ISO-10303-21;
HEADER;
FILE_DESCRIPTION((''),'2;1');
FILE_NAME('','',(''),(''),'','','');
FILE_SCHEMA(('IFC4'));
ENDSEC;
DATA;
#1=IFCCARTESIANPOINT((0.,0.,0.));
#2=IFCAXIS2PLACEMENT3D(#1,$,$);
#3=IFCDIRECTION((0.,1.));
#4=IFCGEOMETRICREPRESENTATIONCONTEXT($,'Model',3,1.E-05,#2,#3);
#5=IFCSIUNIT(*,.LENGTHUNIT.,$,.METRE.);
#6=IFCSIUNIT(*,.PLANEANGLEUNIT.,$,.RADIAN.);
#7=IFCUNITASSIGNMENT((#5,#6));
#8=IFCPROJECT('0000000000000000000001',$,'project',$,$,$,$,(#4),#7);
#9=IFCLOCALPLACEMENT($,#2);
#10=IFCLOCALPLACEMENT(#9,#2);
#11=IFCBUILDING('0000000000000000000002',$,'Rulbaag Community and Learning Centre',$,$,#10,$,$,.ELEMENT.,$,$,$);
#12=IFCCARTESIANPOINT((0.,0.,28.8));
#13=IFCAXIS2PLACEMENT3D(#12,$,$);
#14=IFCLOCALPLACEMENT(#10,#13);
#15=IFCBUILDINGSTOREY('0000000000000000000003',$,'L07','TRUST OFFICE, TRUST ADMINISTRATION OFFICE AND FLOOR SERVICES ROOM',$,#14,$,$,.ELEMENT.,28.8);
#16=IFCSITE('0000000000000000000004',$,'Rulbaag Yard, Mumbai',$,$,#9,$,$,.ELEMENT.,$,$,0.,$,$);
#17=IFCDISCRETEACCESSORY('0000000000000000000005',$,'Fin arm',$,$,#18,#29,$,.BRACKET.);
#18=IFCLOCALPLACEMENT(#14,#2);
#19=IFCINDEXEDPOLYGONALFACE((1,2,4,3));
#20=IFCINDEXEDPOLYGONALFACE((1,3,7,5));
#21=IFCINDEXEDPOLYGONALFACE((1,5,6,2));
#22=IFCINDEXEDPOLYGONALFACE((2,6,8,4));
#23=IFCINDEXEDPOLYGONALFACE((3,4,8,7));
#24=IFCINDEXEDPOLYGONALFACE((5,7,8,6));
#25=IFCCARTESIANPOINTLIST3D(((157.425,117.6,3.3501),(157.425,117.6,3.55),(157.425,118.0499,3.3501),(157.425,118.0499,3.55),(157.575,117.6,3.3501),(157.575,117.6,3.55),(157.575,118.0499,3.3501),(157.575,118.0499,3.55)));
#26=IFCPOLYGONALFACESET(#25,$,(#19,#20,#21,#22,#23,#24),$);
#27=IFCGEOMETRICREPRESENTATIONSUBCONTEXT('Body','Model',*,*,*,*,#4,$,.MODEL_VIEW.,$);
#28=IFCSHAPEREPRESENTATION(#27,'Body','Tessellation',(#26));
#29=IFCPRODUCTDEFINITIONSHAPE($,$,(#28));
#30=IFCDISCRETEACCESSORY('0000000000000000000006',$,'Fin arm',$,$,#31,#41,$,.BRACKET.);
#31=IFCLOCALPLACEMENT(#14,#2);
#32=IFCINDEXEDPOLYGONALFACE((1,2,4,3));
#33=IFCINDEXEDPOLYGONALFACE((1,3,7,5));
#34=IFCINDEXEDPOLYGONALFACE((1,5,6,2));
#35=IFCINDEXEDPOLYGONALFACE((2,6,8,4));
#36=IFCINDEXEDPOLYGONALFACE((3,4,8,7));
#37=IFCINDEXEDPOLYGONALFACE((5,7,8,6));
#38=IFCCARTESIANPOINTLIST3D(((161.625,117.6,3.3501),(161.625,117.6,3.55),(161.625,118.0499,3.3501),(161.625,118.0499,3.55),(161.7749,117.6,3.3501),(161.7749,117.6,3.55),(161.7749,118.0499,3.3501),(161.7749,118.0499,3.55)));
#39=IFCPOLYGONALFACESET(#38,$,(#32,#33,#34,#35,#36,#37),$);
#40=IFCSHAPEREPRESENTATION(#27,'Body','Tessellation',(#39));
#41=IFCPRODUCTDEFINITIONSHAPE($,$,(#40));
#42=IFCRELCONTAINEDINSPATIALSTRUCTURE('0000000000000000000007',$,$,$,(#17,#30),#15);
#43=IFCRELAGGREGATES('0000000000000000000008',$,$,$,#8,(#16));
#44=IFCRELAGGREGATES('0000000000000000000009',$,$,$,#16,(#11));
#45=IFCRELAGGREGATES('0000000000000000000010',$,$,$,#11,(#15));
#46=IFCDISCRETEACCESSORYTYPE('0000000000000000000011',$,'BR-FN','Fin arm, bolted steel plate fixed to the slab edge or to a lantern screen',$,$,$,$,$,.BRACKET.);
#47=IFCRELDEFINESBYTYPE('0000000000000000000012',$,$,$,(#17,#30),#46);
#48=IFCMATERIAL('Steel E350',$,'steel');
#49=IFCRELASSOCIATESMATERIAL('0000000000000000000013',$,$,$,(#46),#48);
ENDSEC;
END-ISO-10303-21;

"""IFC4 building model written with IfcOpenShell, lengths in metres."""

from ifc_helpers import new_model, si_unit, direction, frame, origin, origin_2d, place, context, subcontext, project, spatial, rectangle, extrude, material, type_object, element, save


model = new_model("IFC4")

# Units and contexts
model_context = context("Model", 3, precision=1e-05, world=origin(), true_north=direction((0.0, 1.0)))
body_context = subcontext(model_context, "Body", "Model", "MODEL_VIEW")
ifc_project = project(units=[si_unit("LENGTHUNIT", "METRE"), si_unit("PLANEANGLEUNIT", "RADIAN")], contexts=[model_context])

# Site, building, storey
site_placement = place(None, origin())
site = spatial("IfcSite", under=ifc_project, at=site_placement, Name="Rulbaag Yard, Mumbai", CompositionType="ELEMENT", RefElevation=0.0)
building_placement = place(site_placement, origin())
building = spatial("IfcBuilding", under=site, at=building_placement, Name="Rulbaag Community and Learning Centre", CompositionType="ELEMENT")
storey_placement = place(building_placement, frame((0.0, 0.0, 28.8)))
storey = spatial("IfcBuildingStorey", under=building, at=storey_placement, Name="L07", Description="TRUST OFFICE, TRUST ADMINISTRATION OFFICE AND FLOOR SERVICES ROOM", CompositionType="ELEMENT", Elevation=28.8)

# Discrete accessories
ifc_material_1 = material(Name="Steel E350", Category="steel")
discrete_accessory_type = type_object("IfcDiscreteAccessoryType", Name="BR-FN", Description="Fin arm, bolted steel plate fixed to the slab edge or to a lantern screen", PredefinedType="BRACKET", material=ifc_material_1)
for number, where, z_axis, x_axis, name in (
    (1, (157.5, 117.825, 3.3501), (0.0, 0.0, 1.0), (1.0, 0.0, 0.0), "Fin arm"),
    (2, (161.7, 117.825, 3.3501), (0.0, 0.0, 1.0), (1.0, 0.0, 0.0), "Fin arm"),
):
    element("IfcDiscreteAccessory", number, at=place(storey_placement, frame(where, z_axis=z_axis, x_axis=x_axis)), inside=storey, type_object=discrete_accessory_type, Name=name, PredefinedType="BRACKET", context=body_context, shape_type="SweptSolid", body=[
        extrude(rectangle(XDim=0.1499, YDim=0.45, at=origin_2d()), origin(), (0.0, 0.0, 1.0), 0.2),
    ])

save(model, "model.ifc")
